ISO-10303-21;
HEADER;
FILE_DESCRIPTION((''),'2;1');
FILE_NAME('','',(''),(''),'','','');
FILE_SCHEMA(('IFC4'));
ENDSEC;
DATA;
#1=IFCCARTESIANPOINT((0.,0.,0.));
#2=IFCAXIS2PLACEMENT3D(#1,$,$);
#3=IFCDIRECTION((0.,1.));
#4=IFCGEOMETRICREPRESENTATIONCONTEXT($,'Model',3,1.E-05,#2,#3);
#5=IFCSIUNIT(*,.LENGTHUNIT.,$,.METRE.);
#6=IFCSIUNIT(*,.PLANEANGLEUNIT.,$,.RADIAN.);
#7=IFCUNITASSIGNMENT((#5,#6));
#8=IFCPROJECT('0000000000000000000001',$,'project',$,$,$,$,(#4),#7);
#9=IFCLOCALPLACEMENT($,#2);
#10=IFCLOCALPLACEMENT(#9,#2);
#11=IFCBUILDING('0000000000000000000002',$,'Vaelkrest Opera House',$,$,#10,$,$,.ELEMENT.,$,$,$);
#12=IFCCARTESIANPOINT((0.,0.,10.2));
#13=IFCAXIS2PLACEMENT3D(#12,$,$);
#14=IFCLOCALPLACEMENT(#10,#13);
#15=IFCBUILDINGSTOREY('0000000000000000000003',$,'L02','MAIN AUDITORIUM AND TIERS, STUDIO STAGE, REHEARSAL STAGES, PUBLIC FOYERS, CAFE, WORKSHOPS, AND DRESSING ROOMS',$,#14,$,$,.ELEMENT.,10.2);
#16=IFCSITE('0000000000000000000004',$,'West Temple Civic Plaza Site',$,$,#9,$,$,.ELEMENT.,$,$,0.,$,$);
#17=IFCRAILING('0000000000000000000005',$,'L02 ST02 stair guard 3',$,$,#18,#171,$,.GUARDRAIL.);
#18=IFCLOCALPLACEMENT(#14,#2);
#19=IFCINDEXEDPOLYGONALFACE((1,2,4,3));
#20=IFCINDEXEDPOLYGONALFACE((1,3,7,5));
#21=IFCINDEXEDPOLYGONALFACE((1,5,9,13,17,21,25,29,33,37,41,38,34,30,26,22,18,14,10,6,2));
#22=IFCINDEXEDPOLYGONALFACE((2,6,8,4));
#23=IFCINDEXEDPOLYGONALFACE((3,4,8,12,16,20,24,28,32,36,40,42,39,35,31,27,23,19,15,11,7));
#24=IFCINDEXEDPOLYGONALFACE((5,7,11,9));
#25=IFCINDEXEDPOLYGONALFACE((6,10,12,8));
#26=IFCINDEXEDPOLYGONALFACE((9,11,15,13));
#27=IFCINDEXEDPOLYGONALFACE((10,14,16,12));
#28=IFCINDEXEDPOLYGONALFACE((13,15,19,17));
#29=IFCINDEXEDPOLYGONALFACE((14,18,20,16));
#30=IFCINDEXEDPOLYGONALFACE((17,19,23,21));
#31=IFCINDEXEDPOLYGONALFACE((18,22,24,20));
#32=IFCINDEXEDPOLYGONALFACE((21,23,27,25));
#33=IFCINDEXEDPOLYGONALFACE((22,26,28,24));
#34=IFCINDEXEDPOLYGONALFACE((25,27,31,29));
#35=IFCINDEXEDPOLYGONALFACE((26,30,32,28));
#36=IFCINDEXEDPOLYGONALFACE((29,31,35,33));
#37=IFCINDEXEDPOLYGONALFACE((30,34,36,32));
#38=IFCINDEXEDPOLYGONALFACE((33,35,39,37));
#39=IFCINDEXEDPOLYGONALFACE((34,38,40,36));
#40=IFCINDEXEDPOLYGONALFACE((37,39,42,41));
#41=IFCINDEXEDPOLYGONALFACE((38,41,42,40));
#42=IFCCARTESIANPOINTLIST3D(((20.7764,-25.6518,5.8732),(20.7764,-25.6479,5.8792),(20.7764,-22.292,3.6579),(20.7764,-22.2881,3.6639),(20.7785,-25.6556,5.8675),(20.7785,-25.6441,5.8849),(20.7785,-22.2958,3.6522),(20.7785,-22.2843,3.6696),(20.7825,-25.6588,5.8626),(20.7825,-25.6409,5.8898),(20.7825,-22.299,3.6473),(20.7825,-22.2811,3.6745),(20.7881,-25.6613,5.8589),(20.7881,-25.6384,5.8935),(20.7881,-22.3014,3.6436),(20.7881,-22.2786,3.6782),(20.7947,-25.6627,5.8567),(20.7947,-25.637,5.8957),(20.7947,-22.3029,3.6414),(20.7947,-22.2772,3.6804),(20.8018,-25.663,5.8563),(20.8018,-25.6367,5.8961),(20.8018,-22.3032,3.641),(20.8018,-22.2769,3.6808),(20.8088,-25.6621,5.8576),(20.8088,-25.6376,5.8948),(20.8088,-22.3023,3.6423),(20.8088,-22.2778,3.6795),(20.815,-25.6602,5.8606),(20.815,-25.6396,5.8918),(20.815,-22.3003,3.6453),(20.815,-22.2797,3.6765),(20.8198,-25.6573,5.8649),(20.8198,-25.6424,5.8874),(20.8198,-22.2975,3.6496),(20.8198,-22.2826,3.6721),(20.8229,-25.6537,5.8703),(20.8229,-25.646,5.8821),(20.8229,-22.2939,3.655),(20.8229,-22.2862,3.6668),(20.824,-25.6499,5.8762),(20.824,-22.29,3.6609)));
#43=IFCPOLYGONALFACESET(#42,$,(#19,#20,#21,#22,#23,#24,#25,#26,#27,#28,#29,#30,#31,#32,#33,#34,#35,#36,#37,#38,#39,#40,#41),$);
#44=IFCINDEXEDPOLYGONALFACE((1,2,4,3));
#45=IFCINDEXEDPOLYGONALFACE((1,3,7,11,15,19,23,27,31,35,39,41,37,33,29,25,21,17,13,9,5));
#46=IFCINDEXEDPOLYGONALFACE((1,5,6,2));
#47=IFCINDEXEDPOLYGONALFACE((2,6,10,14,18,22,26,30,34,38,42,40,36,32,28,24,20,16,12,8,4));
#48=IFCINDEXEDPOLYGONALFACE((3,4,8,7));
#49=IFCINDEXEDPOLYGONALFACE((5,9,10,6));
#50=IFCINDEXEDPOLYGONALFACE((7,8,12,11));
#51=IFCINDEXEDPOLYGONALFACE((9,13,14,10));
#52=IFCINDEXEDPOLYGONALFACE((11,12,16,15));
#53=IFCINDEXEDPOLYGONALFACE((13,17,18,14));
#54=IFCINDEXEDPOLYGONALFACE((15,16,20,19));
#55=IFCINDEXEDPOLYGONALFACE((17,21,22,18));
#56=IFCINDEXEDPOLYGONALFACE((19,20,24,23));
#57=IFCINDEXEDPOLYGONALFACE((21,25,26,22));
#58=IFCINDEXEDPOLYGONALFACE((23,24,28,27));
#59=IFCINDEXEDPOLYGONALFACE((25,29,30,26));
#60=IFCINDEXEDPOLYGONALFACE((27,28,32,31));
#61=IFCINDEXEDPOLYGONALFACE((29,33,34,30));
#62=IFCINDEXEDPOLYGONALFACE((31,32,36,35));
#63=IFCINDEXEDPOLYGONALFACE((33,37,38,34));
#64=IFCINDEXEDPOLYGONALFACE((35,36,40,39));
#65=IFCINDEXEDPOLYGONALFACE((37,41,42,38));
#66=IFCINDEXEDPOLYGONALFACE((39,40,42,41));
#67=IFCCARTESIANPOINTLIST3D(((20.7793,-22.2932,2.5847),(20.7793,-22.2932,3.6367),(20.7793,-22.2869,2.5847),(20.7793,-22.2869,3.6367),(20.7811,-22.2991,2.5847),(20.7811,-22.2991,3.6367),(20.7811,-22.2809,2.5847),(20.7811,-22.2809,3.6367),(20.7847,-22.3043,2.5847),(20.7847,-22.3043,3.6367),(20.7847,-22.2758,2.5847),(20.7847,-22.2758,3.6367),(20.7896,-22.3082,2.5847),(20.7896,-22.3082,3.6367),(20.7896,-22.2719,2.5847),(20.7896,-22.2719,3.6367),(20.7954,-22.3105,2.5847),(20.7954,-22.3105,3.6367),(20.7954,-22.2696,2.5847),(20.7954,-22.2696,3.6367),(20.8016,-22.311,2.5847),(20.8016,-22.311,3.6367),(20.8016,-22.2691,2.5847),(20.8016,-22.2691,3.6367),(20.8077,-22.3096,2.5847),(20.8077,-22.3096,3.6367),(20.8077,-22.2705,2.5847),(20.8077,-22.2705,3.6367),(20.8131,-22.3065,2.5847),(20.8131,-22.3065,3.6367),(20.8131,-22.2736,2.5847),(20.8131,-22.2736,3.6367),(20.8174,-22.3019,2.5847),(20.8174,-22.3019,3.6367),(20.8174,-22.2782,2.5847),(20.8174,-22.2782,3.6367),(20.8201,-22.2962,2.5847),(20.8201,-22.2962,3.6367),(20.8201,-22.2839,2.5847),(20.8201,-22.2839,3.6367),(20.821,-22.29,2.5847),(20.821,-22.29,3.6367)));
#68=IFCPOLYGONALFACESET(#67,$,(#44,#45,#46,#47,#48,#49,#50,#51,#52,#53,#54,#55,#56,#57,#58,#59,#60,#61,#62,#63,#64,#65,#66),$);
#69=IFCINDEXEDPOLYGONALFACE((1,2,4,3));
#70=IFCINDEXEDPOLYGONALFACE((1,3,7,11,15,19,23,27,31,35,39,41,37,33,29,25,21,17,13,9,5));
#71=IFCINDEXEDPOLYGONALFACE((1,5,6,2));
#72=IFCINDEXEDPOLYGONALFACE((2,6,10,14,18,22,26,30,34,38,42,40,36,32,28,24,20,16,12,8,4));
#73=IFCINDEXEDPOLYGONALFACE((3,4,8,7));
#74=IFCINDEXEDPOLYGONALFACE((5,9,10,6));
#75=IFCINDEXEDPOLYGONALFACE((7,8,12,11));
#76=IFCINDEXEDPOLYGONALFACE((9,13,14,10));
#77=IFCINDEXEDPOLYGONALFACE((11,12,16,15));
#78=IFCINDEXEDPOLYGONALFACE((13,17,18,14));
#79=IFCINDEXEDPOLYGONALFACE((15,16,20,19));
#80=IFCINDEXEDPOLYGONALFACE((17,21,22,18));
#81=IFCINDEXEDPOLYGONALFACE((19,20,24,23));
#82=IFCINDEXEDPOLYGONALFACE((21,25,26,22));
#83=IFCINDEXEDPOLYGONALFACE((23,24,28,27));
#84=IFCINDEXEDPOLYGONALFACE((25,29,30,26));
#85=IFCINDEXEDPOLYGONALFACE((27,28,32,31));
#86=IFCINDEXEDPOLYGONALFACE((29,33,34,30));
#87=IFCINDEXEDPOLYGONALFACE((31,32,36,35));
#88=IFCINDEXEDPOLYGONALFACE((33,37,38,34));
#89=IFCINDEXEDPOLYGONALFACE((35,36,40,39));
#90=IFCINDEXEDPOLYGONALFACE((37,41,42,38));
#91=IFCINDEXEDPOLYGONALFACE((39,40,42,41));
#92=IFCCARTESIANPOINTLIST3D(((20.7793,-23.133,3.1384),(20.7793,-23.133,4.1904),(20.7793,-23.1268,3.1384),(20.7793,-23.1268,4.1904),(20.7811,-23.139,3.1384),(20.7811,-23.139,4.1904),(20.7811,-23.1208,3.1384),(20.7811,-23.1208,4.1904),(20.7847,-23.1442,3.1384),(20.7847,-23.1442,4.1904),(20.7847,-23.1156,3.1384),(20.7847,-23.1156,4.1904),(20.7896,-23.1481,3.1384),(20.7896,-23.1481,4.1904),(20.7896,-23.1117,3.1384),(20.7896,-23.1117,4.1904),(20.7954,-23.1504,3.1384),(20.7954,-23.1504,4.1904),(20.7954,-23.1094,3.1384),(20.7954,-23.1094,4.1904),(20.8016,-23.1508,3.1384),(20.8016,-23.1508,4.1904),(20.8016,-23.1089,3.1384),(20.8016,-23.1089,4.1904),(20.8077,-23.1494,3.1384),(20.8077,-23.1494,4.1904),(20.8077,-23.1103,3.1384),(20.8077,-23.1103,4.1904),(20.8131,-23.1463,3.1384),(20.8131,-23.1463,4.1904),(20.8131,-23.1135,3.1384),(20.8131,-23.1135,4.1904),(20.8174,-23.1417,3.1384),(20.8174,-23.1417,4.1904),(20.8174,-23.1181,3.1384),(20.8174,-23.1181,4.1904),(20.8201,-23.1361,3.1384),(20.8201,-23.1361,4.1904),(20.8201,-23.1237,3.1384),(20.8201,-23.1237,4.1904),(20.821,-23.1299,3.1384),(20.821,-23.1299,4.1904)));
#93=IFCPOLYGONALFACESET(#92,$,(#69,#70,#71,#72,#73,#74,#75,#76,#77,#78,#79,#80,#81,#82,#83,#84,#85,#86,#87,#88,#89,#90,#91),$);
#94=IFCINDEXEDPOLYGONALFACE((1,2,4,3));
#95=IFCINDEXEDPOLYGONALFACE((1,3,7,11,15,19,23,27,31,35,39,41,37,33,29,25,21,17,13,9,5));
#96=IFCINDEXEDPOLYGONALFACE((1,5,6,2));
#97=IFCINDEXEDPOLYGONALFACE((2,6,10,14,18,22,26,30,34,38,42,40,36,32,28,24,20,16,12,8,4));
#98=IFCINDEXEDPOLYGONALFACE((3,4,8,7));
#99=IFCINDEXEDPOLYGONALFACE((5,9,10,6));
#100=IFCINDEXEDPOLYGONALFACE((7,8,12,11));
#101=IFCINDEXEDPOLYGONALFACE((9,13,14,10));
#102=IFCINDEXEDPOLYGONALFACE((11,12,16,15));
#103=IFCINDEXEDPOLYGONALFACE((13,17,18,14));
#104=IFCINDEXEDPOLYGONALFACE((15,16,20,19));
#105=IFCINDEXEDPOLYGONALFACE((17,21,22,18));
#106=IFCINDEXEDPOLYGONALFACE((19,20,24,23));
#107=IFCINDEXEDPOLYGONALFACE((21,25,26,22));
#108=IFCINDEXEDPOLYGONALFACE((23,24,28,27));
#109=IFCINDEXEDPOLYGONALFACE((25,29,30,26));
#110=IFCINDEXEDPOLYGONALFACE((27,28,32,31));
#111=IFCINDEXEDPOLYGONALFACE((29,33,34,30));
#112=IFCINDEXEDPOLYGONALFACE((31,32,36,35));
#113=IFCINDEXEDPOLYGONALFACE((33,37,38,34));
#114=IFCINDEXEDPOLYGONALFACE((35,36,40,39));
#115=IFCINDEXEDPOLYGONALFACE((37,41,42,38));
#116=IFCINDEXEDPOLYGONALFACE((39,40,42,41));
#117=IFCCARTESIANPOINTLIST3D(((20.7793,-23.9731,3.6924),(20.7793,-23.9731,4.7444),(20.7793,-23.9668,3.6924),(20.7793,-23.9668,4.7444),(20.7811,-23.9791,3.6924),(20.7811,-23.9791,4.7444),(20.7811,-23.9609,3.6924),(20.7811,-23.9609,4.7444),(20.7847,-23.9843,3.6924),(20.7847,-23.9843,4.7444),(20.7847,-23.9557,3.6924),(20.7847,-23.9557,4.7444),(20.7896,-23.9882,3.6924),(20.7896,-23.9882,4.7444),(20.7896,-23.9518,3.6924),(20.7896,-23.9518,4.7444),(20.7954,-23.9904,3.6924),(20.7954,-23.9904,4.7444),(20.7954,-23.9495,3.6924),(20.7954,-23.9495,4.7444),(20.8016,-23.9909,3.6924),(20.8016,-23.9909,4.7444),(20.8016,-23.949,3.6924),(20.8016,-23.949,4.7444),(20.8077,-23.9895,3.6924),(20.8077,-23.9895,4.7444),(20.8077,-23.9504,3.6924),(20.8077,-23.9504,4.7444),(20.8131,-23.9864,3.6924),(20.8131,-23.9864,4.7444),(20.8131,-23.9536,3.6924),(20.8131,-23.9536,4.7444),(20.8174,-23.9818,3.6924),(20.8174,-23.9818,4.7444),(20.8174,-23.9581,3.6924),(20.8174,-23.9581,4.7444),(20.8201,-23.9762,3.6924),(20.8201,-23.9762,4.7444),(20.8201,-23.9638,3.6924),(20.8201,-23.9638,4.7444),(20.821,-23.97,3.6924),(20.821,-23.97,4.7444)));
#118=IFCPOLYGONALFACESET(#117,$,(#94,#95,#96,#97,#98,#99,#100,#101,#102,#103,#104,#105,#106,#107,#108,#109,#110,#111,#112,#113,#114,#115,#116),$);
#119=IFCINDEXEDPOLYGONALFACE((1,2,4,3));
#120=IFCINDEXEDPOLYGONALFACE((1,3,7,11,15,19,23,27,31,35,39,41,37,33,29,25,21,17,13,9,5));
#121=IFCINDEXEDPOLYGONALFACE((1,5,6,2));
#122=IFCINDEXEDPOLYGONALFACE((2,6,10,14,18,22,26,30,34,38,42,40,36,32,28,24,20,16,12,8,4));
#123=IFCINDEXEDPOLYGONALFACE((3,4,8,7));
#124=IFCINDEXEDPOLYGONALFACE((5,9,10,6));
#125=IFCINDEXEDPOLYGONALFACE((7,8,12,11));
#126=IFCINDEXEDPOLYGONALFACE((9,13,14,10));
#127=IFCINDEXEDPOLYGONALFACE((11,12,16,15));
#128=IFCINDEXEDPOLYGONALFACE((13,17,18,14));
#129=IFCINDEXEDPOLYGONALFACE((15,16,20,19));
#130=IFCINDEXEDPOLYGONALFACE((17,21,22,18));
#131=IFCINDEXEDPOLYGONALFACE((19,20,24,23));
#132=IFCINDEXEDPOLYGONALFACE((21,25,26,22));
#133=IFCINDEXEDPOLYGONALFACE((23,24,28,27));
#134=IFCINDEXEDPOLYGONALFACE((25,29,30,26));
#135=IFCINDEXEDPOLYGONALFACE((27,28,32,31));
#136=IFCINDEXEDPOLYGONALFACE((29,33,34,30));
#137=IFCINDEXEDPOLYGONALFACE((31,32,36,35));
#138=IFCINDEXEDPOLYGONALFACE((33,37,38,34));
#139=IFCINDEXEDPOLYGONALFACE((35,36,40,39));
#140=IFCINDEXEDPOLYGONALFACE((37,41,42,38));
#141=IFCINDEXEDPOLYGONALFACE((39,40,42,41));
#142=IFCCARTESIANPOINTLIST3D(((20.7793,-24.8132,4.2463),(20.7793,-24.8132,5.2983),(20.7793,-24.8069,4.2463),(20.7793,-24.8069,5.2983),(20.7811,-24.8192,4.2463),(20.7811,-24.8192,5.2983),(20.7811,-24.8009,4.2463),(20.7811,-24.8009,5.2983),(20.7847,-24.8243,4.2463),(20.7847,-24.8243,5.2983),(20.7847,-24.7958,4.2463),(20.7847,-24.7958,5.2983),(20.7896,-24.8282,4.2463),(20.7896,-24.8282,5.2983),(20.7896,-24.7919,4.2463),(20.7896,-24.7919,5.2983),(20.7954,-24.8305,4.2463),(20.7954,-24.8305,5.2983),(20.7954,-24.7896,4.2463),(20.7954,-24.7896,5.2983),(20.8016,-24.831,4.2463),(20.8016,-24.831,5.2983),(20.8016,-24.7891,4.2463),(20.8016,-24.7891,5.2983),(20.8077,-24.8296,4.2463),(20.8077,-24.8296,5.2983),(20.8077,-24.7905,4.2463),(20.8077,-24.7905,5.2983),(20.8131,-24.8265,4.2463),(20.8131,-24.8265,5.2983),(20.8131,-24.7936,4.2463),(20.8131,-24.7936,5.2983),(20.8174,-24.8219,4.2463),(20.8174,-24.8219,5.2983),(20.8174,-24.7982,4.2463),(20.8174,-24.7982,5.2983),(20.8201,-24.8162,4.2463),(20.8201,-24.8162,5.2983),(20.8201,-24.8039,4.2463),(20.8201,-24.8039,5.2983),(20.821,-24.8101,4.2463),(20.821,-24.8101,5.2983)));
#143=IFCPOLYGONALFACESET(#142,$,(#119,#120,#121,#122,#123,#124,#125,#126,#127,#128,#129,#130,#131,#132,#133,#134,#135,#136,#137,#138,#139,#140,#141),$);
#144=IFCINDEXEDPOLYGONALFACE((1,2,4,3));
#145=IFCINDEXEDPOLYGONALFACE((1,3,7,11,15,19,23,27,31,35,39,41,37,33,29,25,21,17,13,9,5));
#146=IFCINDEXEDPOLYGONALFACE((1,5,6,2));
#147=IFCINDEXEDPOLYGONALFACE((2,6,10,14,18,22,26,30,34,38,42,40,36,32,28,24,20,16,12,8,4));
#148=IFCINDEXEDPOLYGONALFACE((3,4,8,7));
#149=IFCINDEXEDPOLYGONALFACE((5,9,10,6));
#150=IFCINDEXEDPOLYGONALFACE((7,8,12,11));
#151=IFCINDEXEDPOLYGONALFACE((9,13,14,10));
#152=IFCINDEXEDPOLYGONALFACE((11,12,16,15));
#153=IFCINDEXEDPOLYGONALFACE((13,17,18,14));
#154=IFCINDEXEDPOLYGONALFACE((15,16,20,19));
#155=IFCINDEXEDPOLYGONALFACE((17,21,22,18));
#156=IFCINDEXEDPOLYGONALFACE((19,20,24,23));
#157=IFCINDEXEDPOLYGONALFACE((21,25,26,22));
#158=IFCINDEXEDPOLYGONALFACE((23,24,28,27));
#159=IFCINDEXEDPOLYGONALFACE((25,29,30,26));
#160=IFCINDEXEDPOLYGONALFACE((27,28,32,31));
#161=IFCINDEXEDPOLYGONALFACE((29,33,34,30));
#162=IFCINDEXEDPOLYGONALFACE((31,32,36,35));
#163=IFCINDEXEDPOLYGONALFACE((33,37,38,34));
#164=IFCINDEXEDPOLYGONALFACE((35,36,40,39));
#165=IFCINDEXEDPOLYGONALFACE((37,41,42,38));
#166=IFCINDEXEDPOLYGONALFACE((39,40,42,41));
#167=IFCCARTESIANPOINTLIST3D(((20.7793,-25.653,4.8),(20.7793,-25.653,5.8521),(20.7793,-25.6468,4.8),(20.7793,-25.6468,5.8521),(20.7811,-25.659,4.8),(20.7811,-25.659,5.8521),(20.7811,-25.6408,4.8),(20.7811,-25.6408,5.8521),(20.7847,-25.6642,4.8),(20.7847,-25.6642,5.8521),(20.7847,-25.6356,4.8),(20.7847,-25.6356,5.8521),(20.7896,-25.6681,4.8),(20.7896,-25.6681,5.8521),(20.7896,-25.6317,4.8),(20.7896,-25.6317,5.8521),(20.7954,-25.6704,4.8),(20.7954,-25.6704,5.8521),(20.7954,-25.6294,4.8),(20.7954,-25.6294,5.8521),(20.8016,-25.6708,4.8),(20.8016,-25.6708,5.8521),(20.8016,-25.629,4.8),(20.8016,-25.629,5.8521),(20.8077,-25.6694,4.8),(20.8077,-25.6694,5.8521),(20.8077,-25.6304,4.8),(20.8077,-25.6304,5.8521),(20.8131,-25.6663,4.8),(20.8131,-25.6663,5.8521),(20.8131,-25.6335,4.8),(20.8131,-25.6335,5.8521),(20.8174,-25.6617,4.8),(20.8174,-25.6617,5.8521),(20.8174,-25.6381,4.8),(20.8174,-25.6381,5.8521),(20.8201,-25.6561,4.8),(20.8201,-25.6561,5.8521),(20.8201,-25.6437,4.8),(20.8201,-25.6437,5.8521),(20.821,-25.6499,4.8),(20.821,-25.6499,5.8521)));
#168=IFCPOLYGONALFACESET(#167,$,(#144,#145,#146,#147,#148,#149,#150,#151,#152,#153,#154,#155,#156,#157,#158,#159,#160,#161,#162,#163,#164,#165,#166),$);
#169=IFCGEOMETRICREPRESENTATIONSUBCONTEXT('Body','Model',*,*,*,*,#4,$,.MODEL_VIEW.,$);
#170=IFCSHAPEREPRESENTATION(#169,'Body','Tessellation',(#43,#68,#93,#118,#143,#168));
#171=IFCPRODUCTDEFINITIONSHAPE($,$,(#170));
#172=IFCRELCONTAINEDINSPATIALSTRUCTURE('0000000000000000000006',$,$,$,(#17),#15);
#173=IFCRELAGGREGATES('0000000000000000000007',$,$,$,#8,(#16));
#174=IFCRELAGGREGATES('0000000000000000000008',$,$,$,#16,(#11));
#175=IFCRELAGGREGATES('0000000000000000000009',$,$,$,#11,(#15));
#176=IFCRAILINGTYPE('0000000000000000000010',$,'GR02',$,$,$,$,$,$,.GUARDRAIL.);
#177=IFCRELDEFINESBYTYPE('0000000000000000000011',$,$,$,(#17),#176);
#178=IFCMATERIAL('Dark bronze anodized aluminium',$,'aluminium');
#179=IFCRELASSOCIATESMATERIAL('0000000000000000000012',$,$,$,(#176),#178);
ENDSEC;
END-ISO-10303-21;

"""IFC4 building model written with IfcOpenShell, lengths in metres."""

from ifc_helpers import new_model, si_unit, direction, frame, origin, origin_2d, place, context, subcontext, project, spatial, circle, extrude, material, type_object, element, save


model = new_model("IFC4")

# Units and contexts
model_context = context("Model", 3, precision=1e-05, world=origin(), true_north=direction((0.0, 1.0)))
body_context = subcontext(model_context, "Body", "Model", "MODEL_VIEW")
ifc_project = project(units=[si_unit("LENGTHUNIT", "METRE"), si_unit("PLANEANGLEUNIT", "RADIAN")], contexts=[model_context])

# Site, building, storey
site_placement = place(None, origin())
site = spatial("IfcSite", under=ifc_project, at=site_placement, Name="West Temple Civic Plaza Site", CompositionType="ELEMENT", RefElevation=0.0)
building_placement = place(site_placement, origin())
building = spatial("IfcBuilding", under=site, at=building_placement, Name="Vaelkrest Opera House", CompositionType="ELEMENT")
storey_placement = place(building_placement, frame((0.0, 0.0, 10.2)))
storey = spatial("IfcBuildingStorey", under=building, at=storey_placement, Name="L02", Description="MAIN AUDITORIUM AND TIERS, STUDIO STAGE, REHEARSAL STAGES, PUBLIC FOYERS, CAFE, WORKSHOPS, AND DRESSING ROOMS", CompositionType="ELEMENT", Elevation=10.2)

# Railing
ifc_material_1 = material(Name="Dark bronze anodized aluminium", Category="aluminium")
railing_type_1 = type_object("IfcRailingType", Name="GR02", PredefinedType="GUARDRAIL", material=ifc_material_1)
railing_1_placement = place(storey_placement, frame((20.8, -22.29, 2.5847)))
element("IfcRailing", 1, at=railing_1_placement, inside=storey, type_object=railing_type_1, Name="L02 ST02 stair guard 3", PredefinedType="GUARDRAIL", context=body_context, shape_type="SweptSolid", body=[
    extrude(circle(Radius=0.0239, at=origin_2d()), frame((0.0, 0.0, 1.0762), z_axis=(0.0, -0.834858, 0.550465), x_axis=(1.0, 0.0, 0.0)), (0.0, 0.0, 1.0), 4.0244),
    extrude(circle(Radius=0.021, at=origin_2d()), origin(), (0.0, 0.0, 1.0), 1.052),
    extrude(circle(Radius=0.021, at=origin_2d()), frame((0.0, -0.8398, 0.5537)), (0.0, 0.0, 1.0), 1.052),
    extrude(circle(Radius=0.021, at=origin_2d()), frame((0.0, -1.6799, 1.1077)), (0.0, 0.0, 1.0), 1.052),
    extrude(circle(Radius=0.021, at=origin_2d()), frame((0.0, -2.52, 1.6616)), (0.0, 0.0, 1.0), 1.052),
    extrude(circle(Radius=0.021, at=origin_2d()), frame((0.0, -3.3599, 2.2153)), (0.0, 0.0, 1.0), 1.052),
])

save(model, "model.ifc")
